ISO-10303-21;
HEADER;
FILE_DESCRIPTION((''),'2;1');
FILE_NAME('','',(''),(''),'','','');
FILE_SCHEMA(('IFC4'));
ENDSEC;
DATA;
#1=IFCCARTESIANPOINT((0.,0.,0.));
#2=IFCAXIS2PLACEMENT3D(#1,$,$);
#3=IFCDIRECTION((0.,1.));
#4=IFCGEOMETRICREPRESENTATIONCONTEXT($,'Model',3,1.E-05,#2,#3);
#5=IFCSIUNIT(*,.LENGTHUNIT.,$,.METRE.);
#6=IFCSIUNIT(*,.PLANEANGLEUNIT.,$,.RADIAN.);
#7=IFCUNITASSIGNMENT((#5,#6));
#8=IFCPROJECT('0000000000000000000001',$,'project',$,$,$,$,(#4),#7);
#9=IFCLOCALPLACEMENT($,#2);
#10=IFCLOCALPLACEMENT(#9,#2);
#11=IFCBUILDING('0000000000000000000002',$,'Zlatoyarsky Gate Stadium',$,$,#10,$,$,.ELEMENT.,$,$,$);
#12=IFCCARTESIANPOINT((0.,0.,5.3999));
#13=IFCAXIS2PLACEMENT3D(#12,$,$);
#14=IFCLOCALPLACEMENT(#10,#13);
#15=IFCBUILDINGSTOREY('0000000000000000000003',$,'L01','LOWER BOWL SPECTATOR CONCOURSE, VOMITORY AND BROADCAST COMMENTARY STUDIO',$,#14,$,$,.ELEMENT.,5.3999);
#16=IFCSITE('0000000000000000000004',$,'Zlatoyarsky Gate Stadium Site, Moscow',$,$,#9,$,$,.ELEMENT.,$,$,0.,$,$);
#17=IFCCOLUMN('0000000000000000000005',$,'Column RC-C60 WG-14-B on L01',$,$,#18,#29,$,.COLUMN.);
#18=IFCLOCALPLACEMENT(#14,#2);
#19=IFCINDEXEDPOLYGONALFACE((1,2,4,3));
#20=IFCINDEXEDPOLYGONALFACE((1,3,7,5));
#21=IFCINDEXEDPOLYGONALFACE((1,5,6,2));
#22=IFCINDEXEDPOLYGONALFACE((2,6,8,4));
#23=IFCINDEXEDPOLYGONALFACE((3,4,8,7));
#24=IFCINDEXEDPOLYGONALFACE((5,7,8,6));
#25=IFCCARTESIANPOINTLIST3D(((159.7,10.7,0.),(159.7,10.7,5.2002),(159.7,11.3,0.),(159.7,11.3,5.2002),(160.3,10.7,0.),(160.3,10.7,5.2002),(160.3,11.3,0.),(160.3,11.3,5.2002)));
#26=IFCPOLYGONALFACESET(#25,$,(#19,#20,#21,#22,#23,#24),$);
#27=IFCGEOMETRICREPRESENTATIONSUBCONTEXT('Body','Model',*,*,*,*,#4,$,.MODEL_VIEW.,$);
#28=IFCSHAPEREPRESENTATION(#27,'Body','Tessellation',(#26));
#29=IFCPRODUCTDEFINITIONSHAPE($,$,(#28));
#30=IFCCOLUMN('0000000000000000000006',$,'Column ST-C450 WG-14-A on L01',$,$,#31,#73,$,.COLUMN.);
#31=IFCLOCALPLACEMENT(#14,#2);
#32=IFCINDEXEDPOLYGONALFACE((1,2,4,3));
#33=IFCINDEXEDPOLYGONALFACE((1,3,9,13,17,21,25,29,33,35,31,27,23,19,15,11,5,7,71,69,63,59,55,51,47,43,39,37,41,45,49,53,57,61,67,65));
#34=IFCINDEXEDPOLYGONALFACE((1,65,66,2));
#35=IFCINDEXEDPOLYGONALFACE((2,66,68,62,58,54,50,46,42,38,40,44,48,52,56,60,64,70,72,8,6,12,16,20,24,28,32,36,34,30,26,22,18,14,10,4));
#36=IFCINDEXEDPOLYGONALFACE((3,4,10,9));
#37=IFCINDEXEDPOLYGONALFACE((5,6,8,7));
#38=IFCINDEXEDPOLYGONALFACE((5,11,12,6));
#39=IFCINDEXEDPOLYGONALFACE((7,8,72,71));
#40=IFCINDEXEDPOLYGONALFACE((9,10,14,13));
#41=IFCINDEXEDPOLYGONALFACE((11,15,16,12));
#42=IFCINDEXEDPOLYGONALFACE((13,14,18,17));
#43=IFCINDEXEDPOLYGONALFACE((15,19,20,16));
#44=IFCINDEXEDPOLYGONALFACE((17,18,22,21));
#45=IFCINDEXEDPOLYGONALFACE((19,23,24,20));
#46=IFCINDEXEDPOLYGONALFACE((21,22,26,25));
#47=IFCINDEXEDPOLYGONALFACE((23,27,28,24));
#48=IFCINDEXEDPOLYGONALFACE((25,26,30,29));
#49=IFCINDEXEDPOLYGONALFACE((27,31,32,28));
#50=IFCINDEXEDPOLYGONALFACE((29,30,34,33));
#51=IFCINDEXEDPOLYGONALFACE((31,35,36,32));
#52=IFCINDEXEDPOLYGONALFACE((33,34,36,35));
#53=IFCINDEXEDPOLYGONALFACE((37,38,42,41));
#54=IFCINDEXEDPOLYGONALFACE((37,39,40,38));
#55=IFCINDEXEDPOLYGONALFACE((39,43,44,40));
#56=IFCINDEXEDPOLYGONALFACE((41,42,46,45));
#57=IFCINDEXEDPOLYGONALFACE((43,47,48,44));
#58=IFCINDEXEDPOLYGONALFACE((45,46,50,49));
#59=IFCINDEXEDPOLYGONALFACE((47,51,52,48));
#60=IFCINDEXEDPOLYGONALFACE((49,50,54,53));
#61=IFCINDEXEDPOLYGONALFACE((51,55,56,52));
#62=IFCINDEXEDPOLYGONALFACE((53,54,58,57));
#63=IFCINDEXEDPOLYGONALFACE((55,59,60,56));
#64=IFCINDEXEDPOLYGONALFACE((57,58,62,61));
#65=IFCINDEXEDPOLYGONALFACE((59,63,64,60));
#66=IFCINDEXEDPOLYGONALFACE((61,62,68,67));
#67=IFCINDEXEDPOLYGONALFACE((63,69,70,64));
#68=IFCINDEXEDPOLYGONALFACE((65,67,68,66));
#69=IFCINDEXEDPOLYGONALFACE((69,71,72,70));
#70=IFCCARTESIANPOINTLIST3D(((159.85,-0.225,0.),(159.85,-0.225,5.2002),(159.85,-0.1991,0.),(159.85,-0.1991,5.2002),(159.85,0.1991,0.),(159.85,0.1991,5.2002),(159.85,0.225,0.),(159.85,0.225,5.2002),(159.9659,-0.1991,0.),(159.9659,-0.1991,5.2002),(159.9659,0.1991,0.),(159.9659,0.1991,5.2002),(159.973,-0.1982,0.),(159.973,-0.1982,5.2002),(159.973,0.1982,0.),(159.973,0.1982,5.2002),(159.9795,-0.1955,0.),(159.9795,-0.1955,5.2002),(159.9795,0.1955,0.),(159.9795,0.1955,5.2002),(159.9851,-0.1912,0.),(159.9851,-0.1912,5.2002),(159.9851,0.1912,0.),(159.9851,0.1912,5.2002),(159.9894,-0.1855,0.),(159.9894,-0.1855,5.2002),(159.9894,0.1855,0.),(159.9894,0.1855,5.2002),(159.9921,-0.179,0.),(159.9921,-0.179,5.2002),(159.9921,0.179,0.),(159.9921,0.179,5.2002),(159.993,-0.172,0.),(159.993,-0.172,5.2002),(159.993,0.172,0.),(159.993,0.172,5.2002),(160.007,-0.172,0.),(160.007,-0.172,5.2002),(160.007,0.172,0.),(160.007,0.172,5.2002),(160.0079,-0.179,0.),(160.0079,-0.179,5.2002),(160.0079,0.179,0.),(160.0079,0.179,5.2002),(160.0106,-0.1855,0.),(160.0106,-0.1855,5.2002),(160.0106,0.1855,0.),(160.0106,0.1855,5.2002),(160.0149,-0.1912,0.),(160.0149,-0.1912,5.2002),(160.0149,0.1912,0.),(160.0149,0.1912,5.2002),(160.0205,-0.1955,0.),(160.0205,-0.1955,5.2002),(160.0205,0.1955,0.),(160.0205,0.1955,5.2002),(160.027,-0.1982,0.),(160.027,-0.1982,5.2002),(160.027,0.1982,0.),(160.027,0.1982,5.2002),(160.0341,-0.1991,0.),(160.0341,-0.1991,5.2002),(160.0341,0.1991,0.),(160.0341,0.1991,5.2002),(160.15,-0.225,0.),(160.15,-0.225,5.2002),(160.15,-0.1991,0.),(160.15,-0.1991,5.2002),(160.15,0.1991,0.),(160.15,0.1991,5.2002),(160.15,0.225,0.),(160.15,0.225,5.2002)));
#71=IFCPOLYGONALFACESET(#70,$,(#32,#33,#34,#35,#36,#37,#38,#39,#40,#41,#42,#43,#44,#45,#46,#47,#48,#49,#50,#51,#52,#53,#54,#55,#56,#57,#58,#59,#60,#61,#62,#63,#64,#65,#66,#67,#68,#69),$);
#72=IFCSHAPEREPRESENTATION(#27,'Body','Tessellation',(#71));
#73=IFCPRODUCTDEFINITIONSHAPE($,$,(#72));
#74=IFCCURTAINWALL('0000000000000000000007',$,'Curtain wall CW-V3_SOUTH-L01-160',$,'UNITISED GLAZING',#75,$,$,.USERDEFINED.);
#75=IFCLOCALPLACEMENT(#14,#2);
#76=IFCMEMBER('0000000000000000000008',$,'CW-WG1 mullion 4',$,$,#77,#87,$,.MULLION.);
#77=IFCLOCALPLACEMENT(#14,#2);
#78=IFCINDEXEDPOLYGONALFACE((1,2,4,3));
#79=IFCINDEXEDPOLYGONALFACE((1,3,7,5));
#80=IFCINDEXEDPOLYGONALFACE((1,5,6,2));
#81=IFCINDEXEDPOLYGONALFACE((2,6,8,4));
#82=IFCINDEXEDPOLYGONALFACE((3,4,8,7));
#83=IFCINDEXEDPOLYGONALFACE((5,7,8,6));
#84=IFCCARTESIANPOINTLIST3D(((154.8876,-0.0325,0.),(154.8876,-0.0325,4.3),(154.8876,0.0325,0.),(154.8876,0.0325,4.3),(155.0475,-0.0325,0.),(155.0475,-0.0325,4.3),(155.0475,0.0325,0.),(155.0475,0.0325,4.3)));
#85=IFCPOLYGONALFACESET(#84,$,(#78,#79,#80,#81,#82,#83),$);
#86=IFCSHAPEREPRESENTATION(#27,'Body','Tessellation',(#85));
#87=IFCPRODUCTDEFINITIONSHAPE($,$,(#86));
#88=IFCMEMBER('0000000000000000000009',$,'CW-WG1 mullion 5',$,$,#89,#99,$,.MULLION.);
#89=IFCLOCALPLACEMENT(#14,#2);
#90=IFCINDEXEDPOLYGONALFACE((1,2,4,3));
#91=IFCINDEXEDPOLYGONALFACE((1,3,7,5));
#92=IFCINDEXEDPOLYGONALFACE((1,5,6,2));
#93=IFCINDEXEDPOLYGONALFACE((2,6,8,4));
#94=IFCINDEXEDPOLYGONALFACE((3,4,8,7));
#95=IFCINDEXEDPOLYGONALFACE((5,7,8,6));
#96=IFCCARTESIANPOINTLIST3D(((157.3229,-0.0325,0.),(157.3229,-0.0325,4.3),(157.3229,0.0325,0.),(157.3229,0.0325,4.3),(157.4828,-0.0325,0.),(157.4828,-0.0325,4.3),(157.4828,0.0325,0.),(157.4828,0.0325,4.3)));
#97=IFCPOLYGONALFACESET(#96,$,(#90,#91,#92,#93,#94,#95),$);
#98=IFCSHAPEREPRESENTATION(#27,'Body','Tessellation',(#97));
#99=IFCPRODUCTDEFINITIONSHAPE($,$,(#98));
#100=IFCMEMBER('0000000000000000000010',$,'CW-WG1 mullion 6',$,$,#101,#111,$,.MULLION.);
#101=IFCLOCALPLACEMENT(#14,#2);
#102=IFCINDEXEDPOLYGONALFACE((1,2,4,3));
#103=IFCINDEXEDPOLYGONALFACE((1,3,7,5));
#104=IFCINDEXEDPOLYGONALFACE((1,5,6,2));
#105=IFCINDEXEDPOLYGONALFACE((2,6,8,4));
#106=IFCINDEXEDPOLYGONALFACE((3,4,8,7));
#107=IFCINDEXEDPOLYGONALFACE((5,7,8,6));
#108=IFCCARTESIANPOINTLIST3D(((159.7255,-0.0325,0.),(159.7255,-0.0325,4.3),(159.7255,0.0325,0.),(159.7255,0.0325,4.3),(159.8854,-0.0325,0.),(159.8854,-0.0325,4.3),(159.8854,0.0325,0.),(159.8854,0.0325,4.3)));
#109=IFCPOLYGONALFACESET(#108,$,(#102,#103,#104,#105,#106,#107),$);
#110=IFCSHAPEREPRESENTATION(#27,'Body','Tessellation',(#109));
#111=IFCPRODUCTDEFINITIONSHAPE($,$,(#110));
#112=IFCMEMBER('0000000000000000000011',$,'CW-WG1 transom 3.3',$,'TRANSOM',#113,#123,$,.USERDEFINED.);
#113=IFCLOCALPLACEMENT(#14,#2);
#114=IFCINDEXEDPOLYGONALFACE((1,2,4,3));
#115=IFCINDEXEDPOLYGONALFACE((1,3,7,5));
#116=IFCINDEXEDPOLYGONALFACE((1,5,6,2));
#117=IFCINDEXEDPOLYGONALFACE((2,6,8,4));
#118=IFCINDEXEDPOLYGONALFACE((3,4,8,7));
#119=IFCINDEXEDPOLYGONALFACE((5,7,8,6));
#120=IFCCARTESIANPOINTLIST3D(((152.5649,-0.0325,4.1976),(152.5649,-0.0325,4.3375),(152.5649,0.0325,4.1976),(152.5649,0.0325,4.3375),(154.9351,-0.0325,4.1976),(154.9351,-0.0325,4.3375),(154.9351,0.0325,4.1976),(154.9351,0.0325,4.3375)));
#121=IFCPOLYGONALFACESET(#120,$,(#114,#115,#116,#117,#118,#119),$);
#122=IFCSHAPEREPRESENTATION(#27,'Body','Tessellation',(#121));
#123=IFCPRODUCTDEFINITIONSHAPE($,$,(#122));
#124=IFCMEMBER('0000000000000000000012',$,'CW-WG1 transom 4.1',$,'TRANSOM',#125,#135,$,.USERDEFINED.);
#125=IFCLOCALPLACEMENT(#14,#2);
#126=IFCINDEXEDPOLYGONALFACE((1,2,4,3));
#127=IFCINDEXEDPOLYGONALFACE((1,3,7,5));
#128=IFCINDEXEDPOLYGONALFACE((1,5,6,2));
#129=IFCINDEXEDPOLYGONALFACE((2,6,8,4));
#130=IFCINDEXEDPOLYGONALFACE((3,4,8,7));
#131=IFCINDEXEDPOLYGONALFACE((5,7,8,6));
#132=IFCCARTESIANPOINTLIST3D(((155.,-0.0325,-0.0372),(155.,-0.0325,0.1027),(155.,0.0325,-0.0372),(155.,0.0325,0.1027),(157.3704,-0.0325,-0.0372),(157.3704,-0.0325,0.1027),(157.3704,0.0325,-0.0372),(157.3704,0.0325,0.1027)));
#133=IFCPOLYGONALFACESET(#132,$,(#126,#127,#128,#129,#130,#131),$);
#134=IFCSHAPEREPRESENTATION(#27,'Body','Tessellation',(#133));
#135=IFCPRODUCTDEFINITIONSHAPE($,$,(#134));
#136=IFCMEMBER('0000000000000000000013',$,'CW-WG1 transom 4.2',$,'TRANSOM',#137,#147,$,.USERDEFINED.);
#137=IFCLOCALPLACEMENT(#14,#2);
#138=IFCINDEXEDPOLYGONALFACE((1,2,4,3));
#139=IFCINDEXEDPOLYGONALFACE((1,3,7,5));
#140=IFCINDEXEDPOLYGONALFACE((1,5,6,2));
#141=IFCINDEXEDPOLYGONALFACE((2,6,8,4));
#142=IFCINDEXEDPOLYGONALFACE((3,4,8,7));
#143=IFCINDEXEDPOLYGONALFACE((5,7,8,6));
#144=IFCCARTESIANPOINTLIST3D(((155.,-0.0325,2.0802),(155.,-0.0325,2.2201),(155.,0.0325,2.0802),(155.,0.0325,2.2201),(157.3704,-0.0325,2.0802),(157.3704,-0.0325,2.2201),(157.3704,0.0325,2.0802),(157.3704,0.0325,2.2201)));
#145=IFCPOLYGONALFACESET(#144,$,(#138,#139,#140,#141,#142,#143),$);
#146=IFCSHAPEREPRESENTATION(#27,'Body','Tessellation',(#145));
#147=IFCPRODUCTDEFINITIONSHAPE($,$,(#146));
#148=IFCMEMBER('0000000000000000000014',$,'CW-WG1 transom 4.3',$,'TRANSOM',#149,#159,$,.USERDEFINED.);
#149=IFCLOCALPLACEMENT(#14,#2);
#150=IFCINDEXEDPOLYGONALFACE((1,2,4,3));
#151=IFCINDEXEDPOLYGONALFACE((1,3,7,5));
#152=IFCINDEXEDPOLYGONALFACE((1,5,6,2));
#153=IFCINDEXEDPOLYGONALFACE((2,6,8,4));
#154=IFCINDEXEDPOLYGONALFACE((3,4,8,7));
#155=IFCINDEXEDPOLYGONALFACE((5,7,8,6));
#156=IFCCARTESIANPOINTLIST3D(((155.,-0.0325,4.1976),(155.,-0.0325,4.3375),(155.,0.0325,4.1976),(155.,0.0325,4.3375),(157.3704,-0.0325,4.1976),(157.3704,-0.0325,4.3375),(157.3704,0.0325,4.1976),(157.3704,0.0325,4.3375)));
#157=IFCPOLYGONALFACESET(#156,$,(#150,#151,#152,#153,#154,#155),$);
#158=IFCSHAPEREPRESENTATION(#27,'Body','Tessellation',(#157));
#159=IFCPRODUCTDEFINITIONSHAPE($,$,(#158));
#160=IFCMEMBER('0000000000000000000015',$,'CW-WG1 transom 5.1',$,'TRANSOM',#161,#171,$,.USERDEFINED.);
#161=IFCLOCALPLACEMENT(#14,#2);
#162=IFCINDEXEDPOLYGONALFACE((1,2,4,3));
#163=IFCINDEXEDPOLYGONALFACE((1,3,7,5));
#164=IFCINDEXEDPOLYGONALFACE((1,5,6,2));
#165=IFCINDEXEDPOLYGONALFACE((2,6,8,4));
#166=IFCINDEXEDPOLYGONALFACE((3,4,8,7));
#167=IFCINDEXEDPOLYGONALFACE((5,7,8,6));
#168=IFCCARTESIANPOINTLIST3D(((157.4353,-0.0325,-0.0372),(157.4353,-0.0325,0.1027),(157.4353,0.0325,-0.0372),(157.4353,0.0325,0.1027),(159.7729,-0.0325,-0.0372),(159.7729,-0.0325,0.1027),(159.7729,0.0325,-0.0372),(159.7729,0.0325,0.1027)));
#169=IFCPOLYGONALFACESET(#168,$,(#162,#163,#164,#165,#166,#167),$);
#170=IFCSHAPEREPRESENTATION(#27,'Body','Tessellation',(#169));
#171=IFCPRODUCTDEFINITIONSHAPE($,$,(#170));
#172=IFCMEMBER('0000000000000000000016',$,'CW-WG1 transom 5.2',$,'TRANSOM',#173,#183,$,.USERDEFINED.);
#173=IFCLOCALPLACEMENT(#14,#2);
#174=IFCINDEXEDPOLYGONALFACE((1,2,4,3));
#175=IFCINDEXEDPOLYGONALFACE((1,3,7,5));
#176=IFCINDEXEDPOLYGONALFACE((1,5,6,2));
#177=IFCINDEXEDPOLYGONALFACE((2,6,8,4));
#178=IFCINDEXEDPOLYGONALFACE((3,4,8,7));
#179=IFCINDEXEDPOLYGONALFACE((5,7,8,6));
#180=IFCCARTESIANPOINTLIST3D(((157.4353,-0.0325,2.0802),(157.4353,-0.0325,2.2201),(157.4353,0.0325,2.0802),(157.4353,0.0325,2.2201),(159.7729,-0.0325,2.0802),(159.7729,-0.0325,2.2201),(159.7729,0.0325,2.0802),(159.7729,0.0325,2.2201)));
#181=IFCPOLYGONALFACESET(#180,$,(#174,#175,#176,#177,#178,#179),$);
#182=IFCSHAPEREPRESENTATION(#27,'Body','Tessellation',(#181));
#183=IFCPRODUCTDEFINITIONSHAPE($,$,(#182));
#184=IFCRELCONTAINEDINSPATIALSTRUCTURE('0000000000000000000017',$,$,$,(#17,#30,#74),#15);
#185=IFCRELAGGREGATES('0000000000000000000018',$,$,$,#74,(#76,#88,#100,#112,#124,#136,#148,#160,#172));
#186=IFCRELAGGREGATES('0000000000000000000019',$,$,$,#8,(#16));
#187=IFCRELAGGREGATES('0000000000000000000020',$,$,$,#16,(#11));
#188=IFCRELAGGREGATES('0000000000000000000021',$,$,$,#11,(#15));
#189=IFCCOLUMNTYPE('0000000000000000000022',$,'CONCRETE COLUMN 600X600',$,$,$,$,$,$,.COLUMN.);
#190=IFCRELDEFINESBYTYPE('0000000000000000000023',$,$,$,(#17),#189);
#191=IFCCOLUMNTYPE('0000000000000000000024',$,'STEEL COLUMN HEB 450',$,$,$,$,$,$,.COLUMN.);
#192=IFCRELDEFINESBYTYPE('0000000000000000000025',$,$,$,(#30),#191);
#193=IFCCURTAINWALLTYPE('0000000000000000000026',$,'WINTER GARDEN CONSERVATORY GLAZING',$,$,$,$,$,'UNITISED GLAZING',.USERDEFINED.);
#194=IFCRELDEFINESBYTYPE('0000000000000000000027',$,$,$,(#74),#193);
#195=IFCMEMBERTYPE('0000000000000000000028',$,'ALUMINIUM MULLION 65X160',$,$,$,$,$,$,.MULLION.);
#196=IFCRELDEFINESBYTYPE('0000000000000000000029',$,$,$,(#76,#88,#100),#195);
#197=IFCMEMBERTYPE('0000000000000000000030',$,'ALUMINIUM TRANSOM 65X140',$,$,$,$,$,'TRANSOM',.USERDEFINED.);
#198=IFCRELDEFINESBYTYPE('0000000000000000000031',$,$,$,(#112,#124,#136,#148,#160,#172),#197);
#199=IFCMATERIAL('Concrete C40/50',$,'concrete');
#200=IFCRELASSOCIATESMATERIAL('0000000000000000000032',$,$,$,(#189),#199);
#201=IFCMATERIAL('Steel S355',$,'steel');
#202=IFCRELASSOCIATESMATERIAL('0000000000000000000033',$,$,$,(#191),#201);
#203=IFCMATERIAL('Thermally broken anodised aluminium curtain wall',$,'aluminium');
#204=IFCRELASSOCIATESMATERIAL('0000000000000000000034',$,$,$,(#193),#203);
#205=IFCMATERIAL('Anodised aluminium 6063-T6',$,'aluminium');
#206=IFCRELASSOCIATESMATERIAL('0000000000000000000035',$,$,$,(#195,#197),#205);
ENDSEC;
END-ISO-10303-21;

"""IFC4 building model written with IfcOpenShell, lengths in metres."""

from ifc_helpers import new_model, si_unit, direction, frame, origin, origin_2d, place, context, subcontext, project, spatial, rectangle, i_section, extrude, material, material_profile, profile_set, type_object, element, aggregate, save


model = new_model("IFC4")

# Units and contexts
model_context = context("Model", 3, precision=1e-05, world=origin(), true_north=direction((0.0, 1.0)))
body_context = subcontext(model_context, "Body", "Model", "MODEL_VIEW")
ifc_project = project(units=[si_unit("LENGTHUNIT", "METRE"), si_unit("PLANEANGLEUNIT", "RADIAN")], contexts=[model_context])

# Site, building, storey
site_placement = place(None, origin())
site = spatial("IfcSite", under=ifc_project, at=site_placement, Name="Zlatoyarsky Gate Stadium Site, Moscow", CompositionType="ELEMENT", RefElevation=0.0)
building_placement = place(site_placement, origin())
building = spatial("IfcBuilding", under=site, at=building_placement, Name="Zlatoyarsky Gate Stadium", CompositionType="ELEMENT")
storey_placement = place(building_placement, frame((0.0, 0.0, 5.3999)))
storey = spatial("IfcBuildingStorey", under=building, at=storey_placement, Name="L01", Description="LOWER BOWL SPECTATOR CONCOURSE, VOMITORY AND BROADCAST COMMENTARY STUDIO", CompositionType="ELEMENT", Elevation=5.3999)

# Columns
ifc_material_1 = material(Name="Concrete C40/50", Category="concrete")
ifc_material_profile_1 = material_profile(ifc_material_1, rectangle(XDim=0.6001, YDim=0.6001, at=origin_2d()), Name="RC COL 600X600")
ifc_profile_set_1 = profile_set([ifc_material_profile_1], Name="Concrete C40/50")
column_type_1 = type_object("IfcColumnType", Name="CONCRETE COLUMN 600X600", PredefinedType="COLUMN", material=ifc_profile_set_1)
column_1_placement = place(storey_placement, frame((160.0, 11.0, 0.0), z_axis=(0.0, 0.0, 1.0), x_axis=(1.0, 0.0, 0.0)))
element("IfcColumn", 1, at=column_1_placement, inside=storey, type_object=column_type_1, Name="Column RC-C60 WG-14-B on L01", PredefinedType="COLUMN", context=body_context, shape_type="SweptSolid", body=[
    extrude(rectangle(XDim=0.6001, YDim=0.6001, at=origin_2d()), origin(), (0.0, 0.0, 1.0), 5.2002),
])
ifc_material_2 = material(Name="Steel S355", Category="steel")
ifc_material_profile_2 = material_profile(ifc_material_2, i_section(OverallWidth=0.3, OverallDepth=0.45, WebThickness=0.0139, FlangeThickness=0.0259, FilletRadius=0.0271, at=origin_2d()), Name="HEB 450")
ifc_profile_set_2 = profile_set([ifc_material_profile_2], Name="Steel S355")
column_type_2 = type_object("IfcColumnType", Name="STEEL COLUMN HEB 450", PredefinedType="COLUMN", material=ifc_profile_set_2)
column_2_placement = place(storey_placement, frame((160.0, 0.0, 0.0), z_axis=(0.0, 0.0, 1.0), x_axis=(1.0, 0.0, 0.0)))
element("IfcColumn", 2, at=column_2_placement, inside=storey, type_object=column_type_2, Name="Column ST-C450 WG-14-A on L01", PredefinedType="COLUMN", context=body_context, shape_type="SweptSolid", body=[
    extrude(i_section(OverallWidth=0.3, OverallDepth=0.45, WebThickness=0.0139, FlangeThickness=0.0259, FilletRadius=0.0271, at=origin_2d()), origin(), (0.0, 0.0, 1.0), 5.2002),
])

# Curtain wall, members
ifc_material_3 = material(Name="Thermally broken anodised aluminium curtain wall", Category="aluminium")
curtain_wall_type = type_object("IfcCurtainWallType", Name="WINTER GARDEN CONSERVATORY GLAZING", ElementType="UNITISED GLAZING", PredefinedType="USERDEFINED", material=ifc_material_3)
curtain_wall_placement = place(storey_placement, origin())
curtain_wall = element("IfcCurtainWall", 3, at=curtain_wall_placement, inside=storey, type_object=curtain_wall_type, Name="Curtain wall CW-V3_SOUTH-L01-160", ObjectType="UNITISED GLAZING", PredefinedType="USERDEFINED")
ifc_material_4 = material(Name="Anodised aluminium 6063-T6", Category="aluminium")
ifc_material_profile_3 = material_profile(ifc_material_4, rectangle(XDim=0.0649, YDim=0.1599, at=origin_2d()), Name="ALU 65X160")
ifc_profile_set_3 = profile_set([ifc_material_profile_3], Name="Anodised aluminium 6063-T6")
member_type_1 = type_object("IfcMemberType", Name="ALUMINIUM MULLION 65X160", PredefinedType="MULLION", material=ifc_profile_set_3)
member_1_placement = place(storey_placement, frame((154.9675, 0.0, 0.0), z_axis=(0.0, 0.0, 1.0), x_axis=(0.0, 1.0, 0.0)))
member_1 = element("IfcMember", 4, at=member_1_placement, type_object=member_type_1, Name="CW-WG1 mullion 4", PredefinedType="MULLION", context=body_context, shape_type="SweptSolid", body=[
    extrude(rectangle(XDim=0.0649, YDim=0.1599, at=origin_2d()), origin(), (0.0, 0.0, 1.0), 4.3),
])
member_2_placement = place(storey_placement, frame((157.4028, 0.0, 0.0), z_axis=(0.0, 0.0, 1.0), x_axis=(0.0, 1.0, 0.0)))
member_2 = element("IfcMember", 5, at=member_2_placement, type_object=member_type_1, Name="CW-WG1 mullion 5", PredefinedType="MULLION", context=body_context, shape_type="SweptSolid", body=[
    extrude(rectangle(XDim=0.0649, YDim=0.1599, at=origin_2d()), origin(), (0.0, 0.0, 1.0), 4.3),
])
member_3_placement = place(storey_placement, frame((159.8054, 0.0, 0.0), z_axis=(0.0, 0.0, 1.0), x_axis=(0.0, 1.0, 0.0)))
member_3 = element("IfcMember", 6, at=member_3_placement, type_object=member_type_1, Name="CW-WG1 mullion 6", PredefinedType="MULLION", context=body_context, shape_type="SweptSolid", body=[
    extrude(rectangle(XDim=0.0649, YDim=0.1599, at=origin_2d()), origin(), (0.0, 0.0, 1.0), 4.3),
])
ifc_material_profile_4 = material_profile(ifc_material_4, rectangle(XDim=0.0649, YDim=0.1399, at=origin_2d()), Name="ALU 65X140")
ifc_profile_set_4 = profile_set([ifc_material_profile_4], Name="Anodised aluminium 6063-T6")
member_type_2 = type_object("IfcMemberType", Name="ALUMINIUM TRANSOM 65X140", ElementType="TRANSOM", PredefinedType="USERDEFINED", material=ifc_profile_set_4)
member_4_placement = place(storey_placement, frame((152.5649, 0.0, 4.2676), z_axis=(1.0, 0.0, 0.0), x_axis=(0.0, 1.0, 0.0)))
member_4 = element("IfcMember", 7, at=member_4_placement, type_object=member_type_2, Name="CW-WG1 transom 3.3", ObjectType="TRANSOM", PredefinedType="USERDEFINED", context=body_context, shape_type="SweptSolid", body=[
    extrude(rectangle(XDim=0.0649, YDim=0.1399, at=origin_2d()), origin(), (0.0, 0.0, 1.0), 2.3701),
])
member_5_placement = place(storey_placement, frame((155.0, 0.0, 0.0327), z_axis=(1.0, 0.0, 0.0), x_axis=(0.0, 1.0, 0.0)))
member_5 = element("IfcMember", 8, at=member_5_placement, type_object=member_type_2, Name="CW-WG1 transom 4.1", ObjectType="TRANSOM", PredefinedType="USERDEFINED", context=body_context, shape_type="SweptSolid", body=[
    extrude(rectangle(XDim=0.0649, YDim=0.1399, at=origin_2d()), origin(), (0.0, 0.0, 1.0), 2.3704),
])
member_6_placement = place(storey_placement, frame((155.0, 0.0, 2.1501), z_axis=(1.0, 0.0, 0.0), x_axis=(0.0, 1.0, 0.0)))
member_6 = element("IfcMember", 9, at=member_6_placement, type_object=member_type_2, Name="CW-WG1 transom 4.2", ObjectType="TRANSOM", PredefinedType="USERDEFINED", context=body_context, shape_type="SweptSolid", body=[
    extrude(rectangle(XDim=0.0649, YDim=0.1399, at=origin_2d()), origin(), (0.0, 0.0, 1.0), 2.3704),
])
member_7_placement = place(storey_placement, frame((155.0, 0.0, 4.2676), z_axis=(1.0, 0.0, 0.0), x_axis=(0.0, 1.0, 0.0)))
member_7 = element("IfcMember", 10, at=member_7_placement, type_object=member_type_2, Name="CW-WG1 transom 4.3", ObjectType="TRANSOM", PredefinedType="USERDEFINED", context=body_context, shape_type="SweptSolid", body=[
    extrude(rectangle(XDim=0.0649, YDim=0.1399, at=origin_2d()), origin(), (0.0, 0.0, 1.0), 2.3704),
])
member_8_placement = place(storey_placement, frame((157.4353, 0.0, 0.0327), z_axis=(1.0, 0.0, 0.0), x_axis=(0.0, 1.0, 0.0)))
member_8 = element("IfcMember", 11, at=member_8_placement, type_object=member_type_2, Name="CW-WG1 transom 5.1", ObjectType="TRANSOM", PredefinedType="USERDEFINED", context=body_context, shape_type="SweptSolid", body=[
    extrude(rectangle(XDim=0.0649, YDim=0.1399, at=origin_2d()), origin(), (0.0, 0.0, 1.0), 2.3376),
])
member_9_placement = place(storey_placement, frame((157.4353, 0.0, 2.1501), z_axis=(1.0, 0.0, 0.0), x_axis=(0.0, 1.0, 0.0)))
member_9 = element("IfcMember", 12, at=member_9_placement, type_object=member_type_2, Name="CW-WG1 transom 5.2", ObjectType="TRANSOM", PredefinedType="USERDEFINED", context=body_context, shape_type="SweptSolid", body=[
    extrude(rectangle(XDim=0.0649, YDim=0.1399, at=origin_2d()), origin(), (0.0, 0.0, 1.0), 2.3376),
])

aggregate(curtain_wall, [member_1, member_2, member_3, member_4, member_5, member_6, member_7, member_8, member_9])

save(model, "model.ifc")
